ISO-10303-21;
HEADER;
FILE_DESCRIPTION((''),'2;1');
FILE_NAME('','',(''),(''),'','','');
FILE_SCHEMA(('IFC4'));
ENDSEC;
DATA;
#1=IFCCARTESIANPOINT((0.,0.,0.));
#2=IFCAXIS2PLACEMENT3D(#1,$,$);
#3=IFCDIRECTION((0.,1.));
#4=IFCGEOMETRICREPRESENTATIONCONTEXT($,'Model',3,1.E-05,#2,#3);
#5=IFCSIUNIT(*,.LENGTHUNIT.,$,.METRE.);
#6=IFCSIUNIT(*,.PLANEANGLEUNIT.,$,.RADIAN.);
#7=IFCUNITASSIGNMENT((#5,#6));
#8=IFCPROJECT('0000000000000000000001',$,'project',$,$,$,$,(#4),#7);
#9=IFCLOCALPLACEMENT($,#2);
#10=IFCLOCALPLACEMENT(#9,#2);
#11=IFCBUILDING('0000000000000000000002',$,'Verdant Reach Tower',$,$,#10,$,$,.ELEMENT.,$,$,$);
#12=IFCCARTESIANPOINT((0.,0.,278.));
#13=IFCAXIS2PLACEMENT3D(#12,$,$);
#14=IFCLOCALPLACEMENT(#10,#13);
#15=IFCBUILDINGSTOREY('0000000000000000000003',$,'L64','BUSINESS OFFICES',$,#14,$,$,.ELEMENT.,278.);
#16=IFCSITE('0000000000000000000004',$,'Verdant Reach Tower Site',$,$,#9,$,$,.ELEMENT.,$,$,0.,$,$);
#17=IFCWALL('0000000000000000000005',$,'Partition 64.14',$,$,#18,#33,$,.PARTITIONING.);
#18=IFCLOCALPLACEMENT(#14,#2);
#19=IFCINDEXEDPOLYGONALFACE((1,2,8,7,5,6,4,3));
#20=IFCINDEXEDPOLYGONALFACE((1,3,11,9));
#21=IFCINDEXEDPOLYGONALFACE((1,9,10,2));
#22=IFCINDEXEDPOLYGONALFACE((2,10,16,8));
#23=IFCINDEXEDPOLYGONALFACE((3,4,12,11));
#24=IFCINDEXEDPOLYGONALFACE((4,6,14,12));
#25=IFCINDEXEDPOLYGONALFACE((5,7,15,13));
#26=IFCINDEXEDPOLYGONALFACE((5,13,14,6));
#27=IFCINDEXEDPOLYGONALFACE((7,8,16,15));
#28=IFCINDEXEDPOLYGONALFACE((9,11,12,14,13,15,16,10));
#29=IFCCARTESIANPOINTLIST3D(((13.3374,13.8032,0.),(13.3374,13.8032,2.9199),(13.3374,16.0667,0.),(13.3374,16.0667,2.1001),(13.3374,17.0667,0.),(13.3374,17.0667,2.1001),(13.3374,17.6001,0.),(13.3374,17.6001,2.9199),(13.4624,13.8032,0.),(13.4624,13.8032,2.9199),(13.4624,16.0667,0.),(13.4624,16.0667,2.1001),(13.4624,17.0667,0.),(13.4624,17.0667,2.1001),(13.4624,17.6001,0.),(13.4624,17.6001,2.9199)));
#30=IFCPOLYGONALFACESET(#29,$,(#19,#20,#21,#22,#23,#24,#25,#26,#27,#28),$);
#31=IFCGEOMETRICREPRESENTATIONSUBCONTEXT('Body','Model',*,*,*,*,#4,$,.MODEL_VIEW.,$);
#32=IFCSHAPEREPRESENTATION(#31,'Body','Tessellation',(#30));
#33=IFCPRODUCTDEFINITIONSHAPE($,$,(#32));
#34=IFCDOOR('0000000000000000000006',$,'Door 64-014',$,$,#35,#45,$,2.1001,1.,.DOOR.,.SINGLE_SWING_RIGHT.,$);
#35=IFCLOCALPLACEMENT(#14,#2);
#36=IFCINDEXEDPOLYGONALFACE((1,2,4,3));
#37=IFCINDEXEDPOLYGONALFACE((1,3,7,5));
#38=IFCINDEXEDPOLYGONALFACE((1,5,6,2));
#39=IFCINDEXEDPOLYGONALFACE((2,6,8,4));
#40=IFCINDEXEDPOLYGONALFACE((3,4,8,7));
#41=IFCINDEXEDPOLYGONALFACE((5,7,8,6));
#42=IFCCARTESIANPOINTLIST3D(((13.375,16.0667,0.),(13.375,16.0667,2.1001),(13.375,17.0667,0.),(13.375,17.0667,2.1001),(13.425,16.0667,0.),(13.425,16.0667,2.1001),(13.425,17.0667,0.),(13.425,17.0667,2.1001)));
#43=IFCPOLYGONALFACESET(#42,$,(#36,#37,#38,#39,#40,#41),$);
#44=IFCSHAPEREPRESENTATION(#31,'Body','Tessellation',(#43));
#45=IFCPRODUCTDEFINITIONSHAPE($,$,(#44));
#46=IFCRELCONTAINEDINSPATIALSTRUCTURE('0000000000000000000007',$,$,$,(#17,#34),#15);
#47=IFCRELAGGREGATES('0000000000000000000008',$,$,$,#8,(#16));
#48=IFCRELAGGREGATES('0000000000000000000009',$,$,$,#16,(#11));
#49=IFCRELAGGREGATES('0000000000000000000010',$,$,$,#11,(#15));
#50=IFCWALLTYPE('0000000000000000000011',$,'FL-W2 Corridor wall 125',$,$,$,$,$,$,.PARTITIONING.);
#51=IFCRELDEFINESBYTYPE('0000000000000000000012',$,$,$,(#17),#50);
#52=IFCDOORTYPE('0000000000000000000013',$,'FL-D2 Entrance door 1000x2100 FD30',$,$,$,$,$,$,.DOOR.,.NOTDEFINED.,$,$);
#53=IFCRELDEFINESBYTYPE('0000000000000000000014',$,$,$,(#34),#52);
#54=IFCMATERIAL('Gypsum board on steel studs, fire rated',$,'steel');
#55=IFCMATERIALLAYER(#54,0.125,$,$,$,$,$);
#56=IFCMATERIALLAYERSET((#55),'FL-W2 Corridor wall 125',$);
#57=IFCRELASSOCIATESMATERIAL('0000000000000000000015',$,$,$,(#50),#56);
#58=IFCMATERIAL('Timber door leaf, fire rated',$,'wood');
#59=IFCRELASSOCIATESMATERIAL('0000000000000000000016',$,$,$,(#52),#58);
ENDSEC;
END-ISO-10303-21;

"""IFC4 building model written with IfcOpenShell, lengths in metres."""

from ifc_helpers import new_model, si_unit, direction, frame, frame_2d, origin, place, context, subcontext, project, spatial, rectangle, extrude, material, layer, layer_set, type_object, element, fill, save


model = new_model("IFC4")

# Units and contexts
model_context = context("Model", 3, precision=1e-05, world=origin(), true_north=direction((0.0, 1.0)))
body_context = subcontext(model_context, "Body", "Model", "MODEL_VIEW")
ifc_project = project(units=[si_unit("LENGTHUNIT", "METRE"), si_unit("PLANEANGLEUNIT", "RADIAN")], contexts=[model_context])

# Site, building, storey
site_placement = place(None, origin())
site = spatial("IfcSite", under=ifc_project, at=site_placement, Name="Verdant Reach Tower Site", CompositionType="ELEMENT", RefElevation=0.0)
building_placement = place(site_placement, origin())
building = spatial("IfcBuilding", under=site, at=building_placement, Name="Verdant Reach Tower", CompositionType="ELEMENT")
storey_placement = place(building_placement, frame((0.0, 0.0, 278.0)))
storey = spatial("IfcBuildingStorey", under=building, at=storey_placement, Name="L64", Description="BUSINESS OFFICES", CompositionType="ELEMENT", Elevation=278.0)

# Wall, opening, door
ifc_material_1 = material(Name="Gypsum board on steel studs, fire rated", Category="steel")
ifc_layer_1 = layer(ifc_material_1, 0.125)
ifc_layer_set_1 = layer_set([ifc_layer_1], Name="FL-W2 Corridor wall 125")
wall_type_1 = type_object("IfcWallType", Name="FL-W2 Corridor wall 125", PredefinedType="PARTITIONING", material=ifc_layer_set_1)
wall_1_placement = place(storey_placement, frame((13.3999, 13.8032, 0.0), z_axis=(0.0, 0.0, 1.0), x_axis=(0.0, 1.0, 0.0)))
wall_1 = element("IfcWall", 1, at=wall_1_placement, inside=storey, type_object=wall_type_1, Name="Partition 64.14", PredefinedType="PARTITIONING", context=body_context, shape_type="SweptSolid", body=[
    extrude(rectangle(XDim=3.7969, YDim=0.125, at=frame_2d((1.8984, 0.0))), origin(), (0.0, 0.0, 1.0), 2.9199),
])
opening_1_placement = place(wall_1_placement, frame((2.2634, 0.0, 0.0)))
opening_1 = element("IfcOpeningElement", 2, at=opening_1_placement, cuts=wall_1, PredefinedType="OPENING", context=body_context, shape_type="SweptSolid", body=[
    extrude(rectangle(XDim=1.0, YDim=2.1001, at=frame_2d((0.5, 1.05))), frame((0.0, 0.0725, 0.0), z_axis=(0.0, -1.0, 0.0), x_axis=(1.0, 0.0, 0.0)), (0.0, 0.0, 1.0), 0.145),
])
ifc_material_2 = material(Name="Timber door leaf, fire rated", Category="wood")
door_type_1 = type_object("IfcDoorType", Name="FL-D2 Entrance door 1000x2100 FD30", OperationType="NOTDEFINED", PredefinedType="DOOR", material=ifc_material_2)
door_1_placement = place(opening_1_placement, origin())
door_1 = element("IfcDoor", 3, at=door_1_placement, inside=storey, type_object=door_type_1, Name="Door 64-014", OperationType="SINGLE_SWING_RIGHT", OverallHeight=2.1001, OverallWidth=1.0, PredefinedType="DOOR", context=body_context, shape_type="SweptSolid", body=[
    extrude(rectangle(XDim=1.0, YDim=2.1001, at=frame_2d((0.5, 1.05))), frame((0.0, 0.0249, 0.0), z_axis=(0.0, -1.0, 0.0), x_axis=(1.0, 0.0, 0.0)), (0.0, 0.0, 1.0), 0.05),
])
fill(opening_1, door_1)

save(model, "model.ifc")
